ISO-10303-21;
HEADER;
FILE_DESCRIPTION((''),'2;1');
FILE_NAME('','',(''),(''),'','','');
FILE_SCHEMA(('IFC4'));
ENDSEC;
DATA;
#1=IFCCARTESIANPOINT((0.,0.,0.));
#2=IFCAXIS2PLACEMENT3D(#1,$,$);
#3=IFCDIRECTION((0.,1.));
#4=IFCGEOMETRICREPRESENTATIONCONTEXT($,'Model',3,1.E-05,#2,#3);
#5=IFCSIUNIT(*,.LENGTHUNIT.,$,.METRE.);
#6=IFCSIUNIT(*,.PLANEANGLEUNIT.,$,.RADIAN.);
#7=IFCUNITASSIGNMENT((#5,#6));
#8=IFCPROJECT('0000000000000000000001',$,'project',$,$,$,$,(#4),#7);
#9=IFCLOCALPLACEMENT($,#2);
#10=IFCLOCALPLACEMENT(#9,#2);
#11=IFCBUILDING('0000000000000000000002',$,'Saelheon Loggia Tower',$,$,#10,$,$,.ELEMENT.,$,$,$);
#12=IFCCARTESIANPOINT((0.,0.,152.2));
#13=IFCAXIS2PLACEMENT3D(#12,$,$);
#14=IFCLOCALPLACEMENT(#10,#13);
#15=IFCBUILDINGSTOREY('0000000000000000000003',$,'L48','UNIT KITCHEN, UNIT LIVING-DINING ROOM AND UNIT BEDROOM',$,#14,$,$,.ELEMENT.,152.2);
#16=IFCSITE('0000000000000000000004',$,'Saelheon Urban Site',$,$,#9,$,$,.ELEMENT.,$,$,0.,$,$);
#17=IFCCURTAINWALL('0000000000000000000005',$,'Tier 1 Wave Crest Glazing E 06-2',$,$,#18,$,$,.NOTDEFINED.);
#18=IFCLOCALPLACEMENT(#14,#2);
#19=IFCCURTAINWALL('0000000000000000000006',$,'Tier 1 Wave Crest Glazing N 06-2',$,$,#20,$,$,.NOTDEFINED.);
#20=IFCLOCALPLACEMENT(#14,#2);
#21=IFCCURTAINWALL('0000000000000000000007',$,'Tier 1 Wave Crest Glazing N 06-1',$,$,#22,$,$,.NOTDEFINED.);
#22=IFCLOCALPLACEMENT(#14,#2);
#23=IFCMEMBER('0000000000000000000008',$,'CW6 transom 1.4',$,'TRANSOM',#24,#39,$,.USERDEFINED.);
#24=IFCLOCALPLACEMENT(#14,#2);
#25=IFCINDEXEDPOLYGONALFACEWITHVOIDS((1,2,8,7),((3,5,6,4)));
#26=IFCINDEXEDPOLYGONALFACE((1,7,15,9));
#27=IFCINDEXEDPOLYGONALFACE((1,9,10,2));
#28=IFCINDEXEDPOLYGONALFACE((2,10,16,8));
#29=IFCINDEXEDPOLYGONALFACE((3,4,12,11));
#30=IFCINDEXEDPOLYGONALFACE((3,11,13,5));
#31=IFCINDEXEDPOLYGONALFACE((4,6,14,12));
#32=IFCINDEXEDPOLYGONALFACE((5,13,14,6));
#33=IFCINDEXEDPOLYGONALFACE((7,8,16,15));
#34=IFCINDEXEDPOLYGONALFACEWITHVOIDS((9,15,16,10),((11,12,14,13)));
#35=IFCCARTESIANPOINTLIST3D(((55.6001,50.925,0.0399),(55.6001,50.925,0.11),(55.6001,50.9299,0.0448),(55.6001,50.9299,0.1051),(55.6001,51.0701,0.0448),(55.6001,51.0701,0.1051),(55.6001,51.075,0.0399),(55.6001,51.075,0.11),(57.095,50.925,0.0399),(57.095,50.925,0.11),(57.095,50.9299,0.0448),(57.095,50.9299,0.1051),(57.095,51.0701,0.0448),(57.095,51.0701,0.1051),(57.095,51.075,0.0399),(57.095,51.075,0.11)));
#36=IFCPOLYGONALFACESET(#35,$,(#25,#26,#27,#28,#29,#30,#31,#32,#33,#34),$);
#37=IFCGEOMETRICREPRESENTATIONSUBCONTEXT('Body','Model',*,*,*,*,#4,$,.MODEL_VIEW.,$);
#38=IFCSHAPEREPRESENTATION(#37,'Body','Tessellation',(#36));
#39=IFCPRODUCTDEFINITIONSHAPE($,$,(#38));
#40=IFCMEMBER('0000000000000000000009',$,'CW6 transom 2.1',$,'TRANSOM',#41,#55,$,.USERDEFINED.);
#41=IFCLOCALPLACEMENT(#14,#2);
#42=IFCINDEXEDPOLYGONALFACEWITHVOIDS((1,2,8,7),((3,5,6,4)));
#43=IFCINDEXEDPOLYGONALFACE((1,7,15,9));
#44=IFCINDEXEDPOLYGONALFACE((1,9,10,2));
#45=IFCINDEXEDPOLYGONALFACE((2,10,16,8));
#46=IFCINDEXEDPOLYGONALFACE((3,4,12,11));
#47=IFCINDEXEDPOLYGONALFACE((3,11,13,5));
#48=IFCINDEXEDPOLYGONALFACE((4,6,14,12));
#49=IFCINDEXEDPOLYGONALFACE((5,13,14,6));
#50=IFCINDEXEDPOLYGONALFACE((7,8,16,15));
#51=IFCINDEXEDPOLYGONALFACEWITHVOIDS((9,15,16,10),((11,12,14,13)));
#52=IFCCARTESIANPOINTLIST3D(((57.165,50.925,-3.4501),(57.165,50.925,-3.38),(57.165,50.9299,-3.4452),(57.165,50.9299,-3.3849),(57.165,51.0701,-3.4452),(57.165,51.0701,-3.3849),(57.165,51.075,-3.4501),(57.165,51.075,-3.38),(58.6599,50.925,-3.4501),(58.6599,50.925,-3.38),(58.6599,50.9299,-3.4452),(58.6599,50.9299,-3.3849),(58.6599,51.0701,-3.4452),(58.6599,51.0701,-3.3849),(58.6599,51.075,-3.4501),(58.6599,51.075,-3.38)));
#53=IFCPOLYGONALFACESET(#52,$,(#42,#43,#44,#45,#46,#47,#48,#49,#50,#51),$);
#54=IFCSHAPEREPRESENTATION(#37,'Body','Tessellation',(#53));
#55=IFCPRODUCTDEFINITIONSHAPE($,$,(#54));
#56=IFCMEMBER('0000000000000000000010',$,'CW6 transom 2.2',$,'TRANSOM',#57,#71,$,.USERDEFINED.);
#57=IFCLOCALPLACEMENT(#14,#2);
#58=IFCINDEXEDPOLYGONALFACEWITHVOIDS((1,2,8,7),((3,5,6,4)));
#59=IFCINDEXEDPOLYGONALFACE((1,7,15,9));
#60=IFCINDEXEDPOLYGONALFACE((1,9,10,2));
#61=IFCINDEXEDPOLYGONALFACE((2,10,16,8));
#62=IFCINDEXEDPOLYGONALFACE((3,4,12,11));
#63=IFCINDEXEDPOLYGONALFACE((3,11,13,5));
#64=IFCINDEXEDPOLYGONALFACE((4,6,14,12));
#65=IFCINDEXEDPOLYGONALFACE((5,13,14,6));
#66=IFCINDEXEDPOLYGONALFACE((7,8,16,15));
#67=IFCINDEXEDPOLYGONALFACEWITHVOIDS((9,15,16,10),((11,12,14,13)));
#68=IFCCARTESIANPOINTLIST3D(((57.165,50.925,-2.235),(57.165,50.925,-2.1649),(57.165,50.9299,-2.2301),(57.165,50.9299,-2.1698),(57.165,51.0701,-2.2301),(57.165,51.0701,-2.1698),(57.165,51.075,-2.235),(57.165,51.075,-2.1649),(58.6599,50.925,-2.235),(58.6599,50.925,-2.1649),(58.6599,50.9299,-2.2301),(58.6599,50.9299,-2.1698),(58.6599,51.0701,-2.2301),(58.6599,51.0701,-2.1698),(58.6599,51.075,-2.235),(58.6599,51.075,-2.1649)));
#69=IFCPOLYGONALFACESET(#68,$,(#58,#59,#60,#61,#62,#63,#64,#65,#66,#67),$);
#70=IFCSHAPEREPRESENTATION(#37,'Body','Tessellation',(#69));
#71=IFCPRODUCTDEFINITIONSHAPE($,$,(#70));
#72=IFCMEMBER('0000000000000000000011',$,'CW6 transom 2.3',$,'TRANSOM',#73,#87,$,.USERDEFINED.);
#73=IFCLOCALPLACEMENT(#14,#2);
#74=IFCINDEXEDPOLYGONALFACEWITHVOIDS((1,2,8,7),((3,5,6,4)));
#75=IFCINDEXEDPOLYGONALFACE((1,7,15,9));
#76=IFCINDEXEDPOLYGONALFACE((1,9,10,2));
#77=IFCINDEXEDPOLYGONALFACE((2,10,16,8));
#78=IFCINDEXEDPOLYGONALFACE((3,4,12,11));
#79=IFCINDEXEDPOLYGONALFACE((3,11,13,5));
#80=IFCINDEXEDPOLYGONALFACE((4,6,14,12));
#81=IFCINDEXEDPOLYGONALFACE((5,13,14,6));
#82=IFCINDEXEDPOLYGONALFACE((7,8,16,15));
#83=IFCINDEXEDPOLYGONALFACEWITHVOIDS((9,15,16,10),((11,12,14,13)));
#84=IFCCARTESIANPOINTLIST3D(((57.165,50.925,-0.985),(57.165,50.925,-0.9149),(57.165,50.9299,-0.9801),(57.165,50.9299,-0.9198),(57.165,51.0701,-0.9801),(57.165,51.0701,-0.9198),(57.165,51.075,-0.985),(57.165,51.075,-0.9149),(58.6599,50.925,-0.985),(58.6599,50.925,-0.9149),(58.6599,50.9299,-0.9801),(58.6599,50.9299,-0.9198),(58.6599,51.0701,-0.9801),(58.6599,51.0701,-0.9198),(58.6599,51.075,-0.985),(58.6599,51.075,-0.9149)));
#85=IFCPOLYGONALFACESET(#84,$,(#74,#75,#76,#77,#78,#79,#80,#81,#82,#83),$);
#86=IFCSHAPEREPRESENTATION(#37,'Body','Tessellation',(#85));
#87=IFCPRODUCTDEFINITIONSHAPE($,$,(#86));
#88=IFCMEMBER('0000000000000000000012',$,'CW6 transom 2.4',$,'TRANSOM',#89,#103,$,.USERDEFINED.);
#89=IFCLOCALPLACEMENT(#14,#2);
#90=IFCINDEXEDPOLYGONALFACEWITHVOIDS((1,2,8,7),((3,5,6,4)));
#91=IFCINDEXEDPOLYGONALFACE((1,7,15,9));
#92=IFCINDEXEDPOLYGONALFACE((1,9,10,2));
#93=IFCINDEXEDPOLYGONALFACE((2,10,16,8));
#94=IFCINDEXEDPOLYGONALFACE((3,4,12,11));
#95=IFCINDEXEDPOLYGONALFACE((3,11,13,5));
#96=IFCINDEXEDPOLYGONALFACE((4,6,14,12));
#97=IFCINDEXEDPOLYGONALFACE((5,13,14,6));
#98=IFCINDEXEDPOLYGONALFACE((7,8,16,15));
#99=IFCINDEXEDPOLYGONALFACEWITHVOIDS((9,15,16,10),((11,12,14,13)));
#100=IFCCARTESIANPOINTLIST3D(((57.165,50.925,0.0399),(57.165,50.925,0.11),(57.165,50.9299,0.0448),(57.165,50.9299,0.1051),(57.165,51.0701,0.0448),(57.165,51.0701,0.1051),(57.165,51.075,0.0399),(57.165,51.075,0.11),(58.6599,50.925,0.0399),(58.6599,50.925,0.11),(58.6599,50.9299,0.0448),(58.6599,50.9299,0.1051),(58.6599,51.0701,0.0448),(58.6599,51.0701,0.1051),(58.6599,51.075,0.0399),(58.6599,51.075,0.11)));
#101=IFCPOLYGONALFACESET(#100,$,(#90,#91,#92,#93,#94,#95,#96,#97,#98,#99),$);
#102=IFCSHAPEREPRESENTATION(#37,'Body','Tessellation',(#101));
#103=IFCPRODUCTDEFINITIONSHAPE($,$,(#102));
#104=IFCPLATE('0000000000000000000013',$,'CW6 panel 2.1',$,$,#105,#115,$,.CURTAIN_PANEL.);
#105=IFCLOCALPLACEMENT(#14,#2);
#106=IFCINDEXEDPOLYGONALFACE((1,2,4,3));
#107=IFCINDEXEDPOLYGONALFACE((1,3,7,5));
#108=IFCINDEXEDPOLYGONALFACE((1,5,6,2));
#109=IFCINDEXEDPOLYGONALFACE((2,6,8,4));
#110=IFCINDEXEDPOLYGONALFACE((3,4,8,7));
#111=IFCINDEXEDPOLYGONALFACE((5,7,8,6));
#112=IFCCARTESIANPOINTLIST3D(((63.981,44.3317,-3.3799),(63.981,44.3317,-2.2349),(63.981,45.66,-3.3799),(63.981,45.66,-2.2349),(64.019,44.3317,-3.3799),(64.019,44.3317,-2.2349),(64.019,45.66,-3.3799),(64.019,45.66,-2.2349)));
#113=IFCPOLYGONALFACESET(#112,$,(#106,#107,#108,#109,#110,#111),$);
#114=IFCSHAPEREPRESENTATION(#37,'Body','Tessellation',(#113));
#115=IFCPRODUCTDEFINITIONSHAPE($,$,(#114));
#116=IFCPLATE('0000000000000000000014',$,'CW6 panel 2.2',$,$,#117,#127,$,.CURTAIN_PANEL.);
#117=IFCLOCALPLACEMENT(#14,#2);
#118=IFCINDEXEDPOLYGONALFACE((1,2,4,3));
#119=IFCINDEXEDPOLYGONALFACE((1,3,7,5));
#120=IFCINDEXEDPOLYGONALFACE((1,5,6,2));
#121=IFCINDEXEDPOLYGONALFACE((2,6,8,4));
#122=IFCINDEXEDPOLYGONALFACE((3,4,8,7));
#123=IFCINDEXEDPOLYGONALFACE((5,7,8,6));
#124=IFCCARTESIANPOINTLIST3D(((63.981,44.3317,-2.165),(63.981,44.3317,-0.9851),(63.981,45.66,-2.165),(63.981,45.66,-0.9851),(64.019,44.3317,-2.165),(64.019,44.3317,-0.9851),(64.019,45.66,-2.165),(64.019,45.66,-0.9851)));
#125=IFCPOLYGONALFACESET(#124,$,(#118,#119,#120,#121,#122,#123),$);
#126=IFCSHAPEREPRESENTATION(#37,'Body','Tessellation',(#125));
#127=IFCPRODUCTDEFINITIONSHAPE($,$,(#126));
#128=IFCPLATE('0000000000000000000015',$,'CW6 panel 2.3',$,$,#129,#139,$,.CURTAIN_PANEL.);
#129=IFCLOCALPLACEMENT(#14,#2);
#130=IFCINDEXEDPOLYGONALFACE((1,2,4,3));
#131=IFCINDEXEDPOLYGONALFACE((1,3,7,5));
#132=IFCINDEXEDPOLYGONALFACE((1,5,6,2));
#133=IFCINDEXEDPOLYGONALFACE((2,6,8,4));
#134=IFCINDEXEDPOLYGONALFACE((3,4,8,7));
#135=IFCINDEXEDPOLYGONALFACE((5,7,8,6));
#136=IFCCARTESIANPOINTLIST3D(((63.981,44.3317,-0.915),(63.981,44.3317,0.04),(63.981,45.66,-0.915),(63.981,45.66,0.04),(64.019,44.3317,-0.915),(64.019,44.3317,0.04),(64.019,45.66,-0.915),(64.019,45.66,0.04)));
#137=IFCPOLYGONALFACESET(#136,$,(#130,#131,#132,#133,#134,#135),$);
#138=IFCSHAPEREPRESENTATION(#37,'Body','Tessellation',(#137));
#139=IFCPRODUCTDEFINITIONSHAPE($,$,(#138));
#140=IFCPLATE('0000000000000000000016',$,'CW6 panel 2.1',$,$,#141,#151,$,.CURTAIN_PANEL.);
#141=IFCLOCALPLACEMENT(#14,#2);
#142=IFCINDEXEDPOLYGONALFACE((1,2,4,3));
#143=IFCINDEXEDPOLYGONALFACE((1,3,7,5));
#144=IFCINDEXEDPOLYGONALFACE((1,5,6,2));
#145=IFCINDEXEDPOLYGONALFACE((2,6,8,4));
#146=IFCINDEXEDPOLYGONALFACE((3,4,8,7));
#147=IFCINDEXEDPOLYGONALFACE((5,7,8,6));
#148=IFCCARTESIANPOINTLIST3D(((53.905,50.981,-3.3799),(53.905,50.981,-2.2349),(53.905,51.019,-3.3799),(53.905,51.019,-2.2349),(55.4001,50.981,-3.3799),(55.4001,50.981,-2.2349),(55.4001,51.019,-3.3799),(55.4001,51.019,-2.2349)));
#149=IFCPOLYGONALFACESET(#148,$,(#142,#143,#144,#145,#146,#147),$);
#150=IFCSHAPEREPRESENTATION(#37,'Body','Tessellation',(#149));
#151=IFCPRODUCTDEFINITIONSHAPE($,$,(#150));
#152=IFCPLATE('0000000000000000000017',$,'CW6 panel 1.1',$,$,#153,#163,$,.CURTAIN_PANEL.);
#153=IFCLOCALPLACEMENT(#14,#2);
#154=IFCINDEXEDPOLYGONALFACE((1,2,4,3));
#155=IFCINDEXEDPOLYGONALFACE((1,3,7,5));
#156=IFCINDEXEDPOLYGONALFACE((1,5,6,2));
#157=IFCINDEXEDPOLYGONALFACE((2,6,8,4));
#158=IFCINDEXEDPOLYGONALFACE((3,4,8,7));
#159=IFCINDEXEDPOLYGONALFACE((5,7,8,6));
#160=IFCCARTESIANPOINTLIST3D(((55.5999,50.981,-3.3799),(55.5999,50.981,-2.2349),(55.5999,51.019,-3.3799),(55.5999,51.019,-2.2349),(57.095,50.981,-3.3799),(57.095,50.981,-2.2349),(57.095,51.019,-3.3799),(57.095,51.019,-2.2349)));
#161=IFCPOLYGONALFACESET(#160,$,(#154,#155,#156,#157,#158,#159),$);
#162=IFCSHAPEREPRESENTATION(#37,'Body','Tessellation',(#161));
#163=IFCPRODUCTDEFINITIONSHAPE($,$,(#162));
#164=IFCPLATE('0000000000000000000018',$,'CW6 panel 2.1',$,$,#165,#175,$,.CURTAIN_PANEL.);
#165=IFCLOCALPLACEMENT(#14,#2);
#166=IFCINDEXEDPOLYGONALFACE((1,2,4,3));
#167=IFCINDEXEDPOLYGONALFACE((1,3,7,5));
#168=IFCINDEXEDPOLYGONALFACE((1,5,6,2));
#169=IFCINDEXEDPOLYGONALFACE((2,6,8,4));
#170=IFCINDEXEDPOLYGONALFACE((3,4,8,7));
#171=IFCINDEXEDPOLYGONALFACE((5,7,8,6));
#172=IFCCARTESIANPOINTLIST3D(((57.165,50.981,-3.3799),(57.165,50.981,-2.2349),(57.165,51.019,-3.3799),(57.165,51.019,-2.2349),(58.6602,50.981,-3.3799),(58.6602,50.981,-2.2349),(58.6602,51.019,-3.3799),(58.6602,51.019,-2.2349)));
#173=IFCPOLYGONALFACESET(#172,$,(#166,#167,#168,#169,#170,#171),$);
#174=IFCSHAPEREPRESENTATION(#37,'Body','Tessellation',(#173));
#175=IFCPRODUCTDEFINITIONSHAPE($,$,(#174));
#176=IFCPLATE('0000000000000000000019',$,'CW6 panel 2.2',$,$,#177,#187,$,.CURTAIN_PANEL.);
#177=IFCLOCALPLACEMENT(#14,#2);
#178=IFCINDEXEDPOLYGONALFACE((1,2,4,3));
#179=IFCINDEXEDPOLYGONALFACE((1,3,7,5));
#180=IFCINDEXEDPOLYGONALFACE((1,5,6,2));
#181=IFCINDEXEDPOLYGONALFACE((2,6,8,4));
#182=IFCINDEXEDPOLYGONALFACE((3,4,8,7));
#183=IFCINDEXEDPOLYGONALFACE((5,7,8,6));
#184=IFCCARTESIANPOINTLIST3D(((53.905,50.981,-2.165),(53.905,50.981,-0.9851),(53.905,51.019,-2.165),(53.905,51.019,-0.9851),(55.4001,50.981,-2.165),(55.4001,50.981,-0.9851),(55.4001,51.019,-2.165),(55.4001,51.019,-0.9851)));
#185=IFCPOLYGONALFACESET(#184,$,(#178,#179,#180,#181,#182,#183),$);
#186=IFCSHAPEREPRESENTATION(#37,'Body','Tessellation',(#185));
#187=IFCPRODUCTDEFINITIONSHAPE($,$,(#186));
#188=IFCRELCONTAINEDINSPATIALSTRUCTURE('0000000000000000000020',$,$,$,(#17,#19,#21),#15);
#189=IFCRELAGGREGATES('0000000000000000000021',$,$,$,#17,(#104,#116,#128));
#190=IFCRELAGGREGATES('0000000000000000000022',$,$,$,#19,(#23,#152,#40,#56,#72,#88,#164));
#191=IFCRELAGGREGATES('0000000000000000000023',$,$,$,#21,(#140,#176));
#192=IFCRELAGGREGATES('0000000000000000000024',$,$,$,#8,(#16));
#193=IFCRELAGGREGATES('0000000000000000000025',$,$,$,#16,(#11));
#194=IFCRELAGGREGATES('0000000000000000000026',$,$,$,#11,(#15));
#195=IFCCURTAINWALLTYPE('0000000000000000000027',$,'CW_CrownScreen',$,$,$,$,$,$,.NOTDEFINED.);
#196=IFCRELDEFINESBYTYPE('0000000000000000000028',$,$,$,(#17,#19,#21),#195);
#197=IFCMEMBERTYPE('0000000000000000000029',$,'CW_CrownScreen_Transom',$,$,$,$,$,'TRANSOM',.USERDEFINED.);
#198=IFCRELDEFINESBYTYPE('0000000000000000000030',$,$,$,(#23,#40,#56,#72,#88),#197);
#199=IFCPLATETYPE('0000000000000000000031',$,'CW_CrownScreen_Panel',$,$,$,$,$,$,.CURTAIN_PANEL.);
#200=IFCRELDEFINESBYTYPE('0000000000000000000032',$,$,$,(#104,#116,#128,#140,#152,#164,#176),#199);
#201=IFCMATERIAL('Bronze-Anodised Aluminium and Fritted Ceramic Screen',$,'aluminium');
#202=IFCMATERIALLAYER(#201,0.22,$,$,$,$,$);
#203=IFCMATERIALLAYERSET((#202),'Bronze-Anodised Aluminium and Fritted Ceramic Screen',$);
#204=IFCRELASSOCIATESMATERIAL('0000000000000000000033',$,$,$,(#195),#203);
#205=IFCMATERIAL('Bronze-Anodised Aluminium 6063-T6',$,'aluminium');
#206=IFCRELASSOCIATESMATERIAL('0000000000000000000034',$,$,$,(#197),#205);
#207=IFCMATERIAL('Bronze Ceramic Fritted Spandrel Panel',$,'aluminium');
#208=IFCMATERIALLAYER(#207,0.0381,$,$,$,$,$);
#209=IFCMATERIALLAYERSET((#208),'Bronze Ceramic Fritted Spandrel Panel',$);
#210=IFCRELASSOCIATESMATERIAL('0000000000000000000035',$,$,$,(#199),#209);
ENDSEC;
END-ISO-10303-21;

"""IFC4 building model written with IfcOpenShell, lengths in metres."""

from ifc_helpers import new_model, si_unit, direction, frame, origin, origin_2d, place, context, subcontext, project, spatial, rectangle, hollow_rectangle, extrude, source, transform, mapped, material, layer, layer_set, material_profile, profile_set, type_object, element, aggregate, save


model = new_model("IFC4")

# Units and contexts
model_context = context("Model", 3, precision=1e-05, world=origin(), true_north=direction((0.0, 1.0)))
body_context = subcontext(model_context, "Body", "Model", "MODEL_VIEW")
ifc_project = project(units=[si_unit("LENGTHUNIT", "METRE"), si_unit("PLANEANGLEUNIT", "RADIAN")], contexts=[model_context])

# Site, building, storey
site_placement = place(None, origin())
site = spatial("IfcSite", under=ifc_project, at=site_placement, Name="Saelheon Urban Site", CompositionType="ELEMENT", RefElevation=0.0)
building_placement = place(site_placement, origin())
building = spatial("IfcBuilding", under=site, at=building_placement, Name="Saelheon Loggia Tower", CompositionType="ELEMENT")
storey_placement = place(building_placement, frame((0.0, 0.0, 152.2)))
storey = spatial("IfcBuildingStorey", under=building, at=storey_placement, Name="L48", Description="UNIT KITCHEN, UNIT LIVING-DINING ROOM AND UNIT BEDROOM", CompositionType="ELEMENT", Elevation=152.2)

# Curtain wall
ifc_material_1 = material(Name="Bronze-Anodised Aluminium and Fritted Ceramic Screen", Category="aluminium")
ifc_layer_1 = layer(ifc_material_1, 0.22)
ifc_layer_set_1 = layer_set([ifc_layer_1], Name="Bronze-Anodised Aluminium and Fritted Ceramic Screen")
curtain_wall_type = type_object("IfcCurtainWallType", Name="CW_CrownScreen", PredefinedType="NOTDEFINED", material=ifc_layer_set_1)
curtain_wall_1_placement = place(storey_placement, origin())
curtain_wall_1 = element("IfcCurtainWall", 1, at=curtain_wall_1_placement, inside=storey, type_object=curtain_wall_type, Name="Tier 1 Wave Crest Glazing E 06-2", PredefinedType="NOTDEFINED")
ifc_material_2 = material(Name="Bronze-Anodised Aluminium 6063-T6", Category="aluminium")

# Curtain walls
curtain_wall_2_placement = place(storey_placement, origin())
curtain_wall_2 = element("IfcCurtainWall", 2, at=curtain_wall_2_placement, inside=storey, type_object=curtain_wall_type, Name="Tier 1 Wave Crest Glazing N 06-2", PredefinedType="NOTDEFINED")
curtain_wall_3_placement = place(storey_placement, origin())
curtain_wall_3 = element("IfcCurtainWall", 3, at=curtain_wall_3_placement, inside=storey, type_object=curtain_wall_type, Name="Tier 1 Wave Crest Glazing N 06-1", PredefinedType="NOTDEFINED")
ifc_material_profile_1 = material_profile(ifc_material_2, hollow_rectangle(XDim=0.0701, YDim=0.1499, WallThickness=0.0049, at=origin_2d()), Name="RHS-150x70x5")
ifc_profile_set_1 = profile_set([ifc_material_profile_1], Name="Bronze-Anodised Aluminium 6063-T6")
member_type_1 = type_object("IfcMemberType", Name="CW_CrownScreen_Transom", ElementType="TRANSOM", PredefinedType="USERDEFINED", material=ifc_profile_set_1)
shared_shape_1 = source(origin(), body_context, "Body", "SweptSolid", [
    extrude(hollow_rectangle(XDim=0.0701, YDim=0.1499, WallThickness=0.0049, at=origin_2d()), origin(), (0.0, 0.0, 1.0), 1.4949),
])

# Members
member_1_placement = place(storey_placement, frame((55.6001, 51.0, 0.075), z_axis=(1.0, 0.0, 0.0), x_axis=(0.0, 0.0, 1.0)))
member_1 = element("IfcMember", 4, at=member_1_placement, type_object=member_type_1, Name="CW6 transom 1.4", ObjectType="TRANSOM", PredefinedType="USERDEFINED", context=body_context, shape_type="MappedRepresentation", body=[
    mapped(shared_shape_1, transform((0.0, 0.0, 0.0), scale=1.0)),
])
member_2_placement = place(storey_placement, frame((57.165, 51.0, -3.415), z_axis=(1.0, 0.0, 0.0), x_axis=(0.0, 0.0, 1.0)))
member_2 = element("IfcMember", 5, at=member_2_placement, type_object=member_type_1, Name="CW6 transom 2.1", ObjectType="TRANSOM", PredefinedType="USERDEFINED", context=body_context, shape_type="MappedRepresentation", body=[
    mapped(shared_shape_1, transform((0.0, 0.0, 0.0), scale=1.0)),
])
member_3_placement = place(storey_placement, frame((57.165, 51.0, -2.2), z_axis=(1.0, 0.0, 0.0), x_axis=(0.0, 0.0, 1.0)))
member_3 = element("IfcMember", 6, at=member_3_placement, type_object=member_type_1, Name="CW6 transom 2.2", ObjectType="TRANSOM", PredefinedType="USERDEFINED", context=body_context, shape_type="MappedRepresentation", body=[
    mapped(shared_shape_1, transform((0.0, 0.0, 0.0), scale=1.0)),
])
member_4_placement = place(storey_placement, frame((57.165, 51.0, -0.95), z_axis=(1.0, 0.0, 0.0), x_axis=(0.0, 0.0, 1.0)))
member_4 = element("IfcMember", 7, at=member_4_placement, type_object=member_type_1, Name="CW6 transom 2.3", ObjectType="TRANSOM", PredefinedType="USERDEFINED", context=body_context, shape_type="MappedRepresentation", body=[
    mapped(shared_shape_1, transform((0.0, 0.0, 0.0), scale=1.0)),
])
member_5_placement = place(storey_placement, frame((57.165, 51.0, 0.075), z_axis=(1.0, 0.0, 0.0), x_axis=(0.0, 0.0, 1.0)))
member_5 = element("IfcMember", 8, at=member_5_placement, type_object=member_type_1, Name="CW6 transom 2.4", ObjectType="TRANSOM", PredefinedType="USERDEFINED", context=body_context, shape_type="MappedRepresentation", body=[
    mapped(shared_shape_1, transform((0.0, 0.0, 0.0), scale=1.0)),
])

# Plates
ifc_material_3 = material(Name="Bronze Ceramic Fritted Spandrel Panel", Category="aluminium")
ifc_layer_2 = layer(ifc_material_3, 0.0381)
ifc_layer_set_2 = layer_set([ifc_layer_2], Name="Bronze Ceramic Fritted Spandrel Panel")
plate_type = type_object("IfcPlateType", Name="CW_CrownScreen_Panel", PredefinedType="CURTAIN_PANEL", material=ifc_layer_set_2)
shared_shape_2 = source(origin(), body_context, "Body", "SweptSolid", [
    extrude(rectangle(XDim=1.3284, YDim=0.0381, at=origin_2d()), origin(), (0.0, 0.0, 1.0), 1.145),
])
plate_1_placement = place(storey_placement, frame((64.0, 44.9958, -3.3799), z_axis=(0.0, 0.0, 1.0), x_axis=(0.0, 1.0, 0.0)))
plate_1 = element("IfcPlate", 9, at=plate_1_placement, type_object=plate_type, Name="CW6 panel 2.1", PredefinedType="CURTAIN_PANEL", context=body_context, shape_type="MappedRepresentation", body=[
    mapped(shared_shape_2, transform((0.0, 0.0, 0.0), scale=1.0)),
])
shared_shape_3 = source(origin(), body_context, "Body", "SweptSolid", [
    extrude(rectangle(XDim=1.3284, YDim=0.0381, at=origin_2d()), origin(), (0.0, 0.0, 1.0), 1.1799),
])
plate_2_placement = place(storey_placement, frame((64.0, 44.9958, -2.165), z_axis=(0.0, 0.0, 1.0), x_axis=(0.0, 1.0, 0.0)))
plate_2 = element("IfcPlate", 10, at=plate_2_placement, type_object=plate_type, Name="CW6 panel 2.2", PredefinedType="CURTAIN_PANEL", context=body_context, shape_type="MappedRepresentation", body=[
    mapped(shared_shape_3, transform((0.0, 0.0, 0.0), scale=1.0)),
])
shared_shape_4 = source(origin(), body_context, "Body", "SweptSolid", [
    extrude(rectangle(XDim=1.3284, YDim=0.0381, at=origin_2d()), origin(), (0.0, 0.0, 1.0), 0.9551),
])
plate_3_placement = place(storey_placement, frame((64.0, 44.9958, -0.915), z_axis=(0.0, 0.0, 1.0), x_axis=(0.0, 1.0, 0.0)))
plate_3 = element("IfcPlate", 11, at=plate_3_placement, type_object=plate_type, Name="CW6 panel 2.3", PredefinedType="CURTAIN_PANEL", context=body_context, shape_type="MappedRepresentation", body=[
    mapped(shared_shape_4, transform((0.0, 0.0, 0.0), scale=1.0)),
])
aggregate(curtain_wall_1, [plate_1, plate_2, plate_3])
shared_shape_5 = source(origin(), body_context, "Body", "SweptSolid", [
    extrude(rectangle(XDim=1.4951, YDim=0.0381, at=origin_2d()), origin(), (0.0, 0.0, 1.0), 1.145),
])
plate_4_placement = place(storey_placement, frame((54.6526, 51.0, -3.3799), z_axis=(0.0, 0.0, 1.0), x_axis=(1.0, 0.0, 0.0)))
plate_4 = element("IfcPlate", 12, at=plate_4_placement, type_object=plate_type, Name="CW6 panel 2.1", PredefinedType="CURTAIN_PANEL", context=body_context, shape_type="MappedRepresentation", body=[
    mapped(shared_shape_5, transform((0.0, 0.0, 0.0), scale=1.0)),
])
plate_5_placement = place(storey_placement, frame((56.3474, 51.0, -3.3799), z_axis=(0.0, 0.0, 1.0), x_axis=(1.0, 0.0, 0.0)))
plate_5 = element("IfcPlate", 13, at=plate_5_placement, type_object=plate_type, Name="CW6 panel 1.1", PredefinedType="CURTAIN_PANEL", context=body_context, shape_type="MappedRepresentation", body=[
    mapped(shared_shape_5, transform((0.0, 0.0, 0.0), scale=1.0)),
])
plate_6_placement = place(storey_placement, frame((57.9126, 51.0, -3.3799), z_axis=(0.0, 0.0, 1.0), x_axis=(1.0, 0.0, 0.0)))
plate_6 = element("IfcPlate", 14, at=plate_6_placement, type_object=plate_type, Name="CW6 panel 2.1", PredefinedType="CURTAIN_PANEL", context=body_context, shape_type="MappedRepresentation", body=[
    mapped(shared_shape_5, transform((0.0, 0.0, 0.0), scale=1.0)),
])
shared_shape_6 = source(origin(), body_context, "Body", "SweptSolid", [
    extrude(rectangle(XDim=1.4951, YDim=0.0381, at=origin_2d()), origin(), (0.0, 0.0, 1.0), 1.1799),
])
plate_7_placement = place(storey_placement, frame((54.6526, 51.0, -2.165), z_axis=(0.0, 0.0, 1.0), x_axis=(1.0, 0.0, 0.0)))
plate_7 = element("IfcPlate", 15, at=plate_7_placement, type_object=plate_type, Name="CW6 panel 2.2", PredefinedType="CURTAIN_PANEL", context=body_context, shape_type="MappedRepresentation", body=[
    mapped(shared_shape_6, transform((0.0, 0.0, 0.0), scale=1.0)),
])
aggregate(curtain_wall_2, [member_1, plate_5, member_2, member_3, member_4, member_5, plate_6])
aggregate(curtain_wall_3, [plate_4, plate_7])

save(model, "model.ifc")
